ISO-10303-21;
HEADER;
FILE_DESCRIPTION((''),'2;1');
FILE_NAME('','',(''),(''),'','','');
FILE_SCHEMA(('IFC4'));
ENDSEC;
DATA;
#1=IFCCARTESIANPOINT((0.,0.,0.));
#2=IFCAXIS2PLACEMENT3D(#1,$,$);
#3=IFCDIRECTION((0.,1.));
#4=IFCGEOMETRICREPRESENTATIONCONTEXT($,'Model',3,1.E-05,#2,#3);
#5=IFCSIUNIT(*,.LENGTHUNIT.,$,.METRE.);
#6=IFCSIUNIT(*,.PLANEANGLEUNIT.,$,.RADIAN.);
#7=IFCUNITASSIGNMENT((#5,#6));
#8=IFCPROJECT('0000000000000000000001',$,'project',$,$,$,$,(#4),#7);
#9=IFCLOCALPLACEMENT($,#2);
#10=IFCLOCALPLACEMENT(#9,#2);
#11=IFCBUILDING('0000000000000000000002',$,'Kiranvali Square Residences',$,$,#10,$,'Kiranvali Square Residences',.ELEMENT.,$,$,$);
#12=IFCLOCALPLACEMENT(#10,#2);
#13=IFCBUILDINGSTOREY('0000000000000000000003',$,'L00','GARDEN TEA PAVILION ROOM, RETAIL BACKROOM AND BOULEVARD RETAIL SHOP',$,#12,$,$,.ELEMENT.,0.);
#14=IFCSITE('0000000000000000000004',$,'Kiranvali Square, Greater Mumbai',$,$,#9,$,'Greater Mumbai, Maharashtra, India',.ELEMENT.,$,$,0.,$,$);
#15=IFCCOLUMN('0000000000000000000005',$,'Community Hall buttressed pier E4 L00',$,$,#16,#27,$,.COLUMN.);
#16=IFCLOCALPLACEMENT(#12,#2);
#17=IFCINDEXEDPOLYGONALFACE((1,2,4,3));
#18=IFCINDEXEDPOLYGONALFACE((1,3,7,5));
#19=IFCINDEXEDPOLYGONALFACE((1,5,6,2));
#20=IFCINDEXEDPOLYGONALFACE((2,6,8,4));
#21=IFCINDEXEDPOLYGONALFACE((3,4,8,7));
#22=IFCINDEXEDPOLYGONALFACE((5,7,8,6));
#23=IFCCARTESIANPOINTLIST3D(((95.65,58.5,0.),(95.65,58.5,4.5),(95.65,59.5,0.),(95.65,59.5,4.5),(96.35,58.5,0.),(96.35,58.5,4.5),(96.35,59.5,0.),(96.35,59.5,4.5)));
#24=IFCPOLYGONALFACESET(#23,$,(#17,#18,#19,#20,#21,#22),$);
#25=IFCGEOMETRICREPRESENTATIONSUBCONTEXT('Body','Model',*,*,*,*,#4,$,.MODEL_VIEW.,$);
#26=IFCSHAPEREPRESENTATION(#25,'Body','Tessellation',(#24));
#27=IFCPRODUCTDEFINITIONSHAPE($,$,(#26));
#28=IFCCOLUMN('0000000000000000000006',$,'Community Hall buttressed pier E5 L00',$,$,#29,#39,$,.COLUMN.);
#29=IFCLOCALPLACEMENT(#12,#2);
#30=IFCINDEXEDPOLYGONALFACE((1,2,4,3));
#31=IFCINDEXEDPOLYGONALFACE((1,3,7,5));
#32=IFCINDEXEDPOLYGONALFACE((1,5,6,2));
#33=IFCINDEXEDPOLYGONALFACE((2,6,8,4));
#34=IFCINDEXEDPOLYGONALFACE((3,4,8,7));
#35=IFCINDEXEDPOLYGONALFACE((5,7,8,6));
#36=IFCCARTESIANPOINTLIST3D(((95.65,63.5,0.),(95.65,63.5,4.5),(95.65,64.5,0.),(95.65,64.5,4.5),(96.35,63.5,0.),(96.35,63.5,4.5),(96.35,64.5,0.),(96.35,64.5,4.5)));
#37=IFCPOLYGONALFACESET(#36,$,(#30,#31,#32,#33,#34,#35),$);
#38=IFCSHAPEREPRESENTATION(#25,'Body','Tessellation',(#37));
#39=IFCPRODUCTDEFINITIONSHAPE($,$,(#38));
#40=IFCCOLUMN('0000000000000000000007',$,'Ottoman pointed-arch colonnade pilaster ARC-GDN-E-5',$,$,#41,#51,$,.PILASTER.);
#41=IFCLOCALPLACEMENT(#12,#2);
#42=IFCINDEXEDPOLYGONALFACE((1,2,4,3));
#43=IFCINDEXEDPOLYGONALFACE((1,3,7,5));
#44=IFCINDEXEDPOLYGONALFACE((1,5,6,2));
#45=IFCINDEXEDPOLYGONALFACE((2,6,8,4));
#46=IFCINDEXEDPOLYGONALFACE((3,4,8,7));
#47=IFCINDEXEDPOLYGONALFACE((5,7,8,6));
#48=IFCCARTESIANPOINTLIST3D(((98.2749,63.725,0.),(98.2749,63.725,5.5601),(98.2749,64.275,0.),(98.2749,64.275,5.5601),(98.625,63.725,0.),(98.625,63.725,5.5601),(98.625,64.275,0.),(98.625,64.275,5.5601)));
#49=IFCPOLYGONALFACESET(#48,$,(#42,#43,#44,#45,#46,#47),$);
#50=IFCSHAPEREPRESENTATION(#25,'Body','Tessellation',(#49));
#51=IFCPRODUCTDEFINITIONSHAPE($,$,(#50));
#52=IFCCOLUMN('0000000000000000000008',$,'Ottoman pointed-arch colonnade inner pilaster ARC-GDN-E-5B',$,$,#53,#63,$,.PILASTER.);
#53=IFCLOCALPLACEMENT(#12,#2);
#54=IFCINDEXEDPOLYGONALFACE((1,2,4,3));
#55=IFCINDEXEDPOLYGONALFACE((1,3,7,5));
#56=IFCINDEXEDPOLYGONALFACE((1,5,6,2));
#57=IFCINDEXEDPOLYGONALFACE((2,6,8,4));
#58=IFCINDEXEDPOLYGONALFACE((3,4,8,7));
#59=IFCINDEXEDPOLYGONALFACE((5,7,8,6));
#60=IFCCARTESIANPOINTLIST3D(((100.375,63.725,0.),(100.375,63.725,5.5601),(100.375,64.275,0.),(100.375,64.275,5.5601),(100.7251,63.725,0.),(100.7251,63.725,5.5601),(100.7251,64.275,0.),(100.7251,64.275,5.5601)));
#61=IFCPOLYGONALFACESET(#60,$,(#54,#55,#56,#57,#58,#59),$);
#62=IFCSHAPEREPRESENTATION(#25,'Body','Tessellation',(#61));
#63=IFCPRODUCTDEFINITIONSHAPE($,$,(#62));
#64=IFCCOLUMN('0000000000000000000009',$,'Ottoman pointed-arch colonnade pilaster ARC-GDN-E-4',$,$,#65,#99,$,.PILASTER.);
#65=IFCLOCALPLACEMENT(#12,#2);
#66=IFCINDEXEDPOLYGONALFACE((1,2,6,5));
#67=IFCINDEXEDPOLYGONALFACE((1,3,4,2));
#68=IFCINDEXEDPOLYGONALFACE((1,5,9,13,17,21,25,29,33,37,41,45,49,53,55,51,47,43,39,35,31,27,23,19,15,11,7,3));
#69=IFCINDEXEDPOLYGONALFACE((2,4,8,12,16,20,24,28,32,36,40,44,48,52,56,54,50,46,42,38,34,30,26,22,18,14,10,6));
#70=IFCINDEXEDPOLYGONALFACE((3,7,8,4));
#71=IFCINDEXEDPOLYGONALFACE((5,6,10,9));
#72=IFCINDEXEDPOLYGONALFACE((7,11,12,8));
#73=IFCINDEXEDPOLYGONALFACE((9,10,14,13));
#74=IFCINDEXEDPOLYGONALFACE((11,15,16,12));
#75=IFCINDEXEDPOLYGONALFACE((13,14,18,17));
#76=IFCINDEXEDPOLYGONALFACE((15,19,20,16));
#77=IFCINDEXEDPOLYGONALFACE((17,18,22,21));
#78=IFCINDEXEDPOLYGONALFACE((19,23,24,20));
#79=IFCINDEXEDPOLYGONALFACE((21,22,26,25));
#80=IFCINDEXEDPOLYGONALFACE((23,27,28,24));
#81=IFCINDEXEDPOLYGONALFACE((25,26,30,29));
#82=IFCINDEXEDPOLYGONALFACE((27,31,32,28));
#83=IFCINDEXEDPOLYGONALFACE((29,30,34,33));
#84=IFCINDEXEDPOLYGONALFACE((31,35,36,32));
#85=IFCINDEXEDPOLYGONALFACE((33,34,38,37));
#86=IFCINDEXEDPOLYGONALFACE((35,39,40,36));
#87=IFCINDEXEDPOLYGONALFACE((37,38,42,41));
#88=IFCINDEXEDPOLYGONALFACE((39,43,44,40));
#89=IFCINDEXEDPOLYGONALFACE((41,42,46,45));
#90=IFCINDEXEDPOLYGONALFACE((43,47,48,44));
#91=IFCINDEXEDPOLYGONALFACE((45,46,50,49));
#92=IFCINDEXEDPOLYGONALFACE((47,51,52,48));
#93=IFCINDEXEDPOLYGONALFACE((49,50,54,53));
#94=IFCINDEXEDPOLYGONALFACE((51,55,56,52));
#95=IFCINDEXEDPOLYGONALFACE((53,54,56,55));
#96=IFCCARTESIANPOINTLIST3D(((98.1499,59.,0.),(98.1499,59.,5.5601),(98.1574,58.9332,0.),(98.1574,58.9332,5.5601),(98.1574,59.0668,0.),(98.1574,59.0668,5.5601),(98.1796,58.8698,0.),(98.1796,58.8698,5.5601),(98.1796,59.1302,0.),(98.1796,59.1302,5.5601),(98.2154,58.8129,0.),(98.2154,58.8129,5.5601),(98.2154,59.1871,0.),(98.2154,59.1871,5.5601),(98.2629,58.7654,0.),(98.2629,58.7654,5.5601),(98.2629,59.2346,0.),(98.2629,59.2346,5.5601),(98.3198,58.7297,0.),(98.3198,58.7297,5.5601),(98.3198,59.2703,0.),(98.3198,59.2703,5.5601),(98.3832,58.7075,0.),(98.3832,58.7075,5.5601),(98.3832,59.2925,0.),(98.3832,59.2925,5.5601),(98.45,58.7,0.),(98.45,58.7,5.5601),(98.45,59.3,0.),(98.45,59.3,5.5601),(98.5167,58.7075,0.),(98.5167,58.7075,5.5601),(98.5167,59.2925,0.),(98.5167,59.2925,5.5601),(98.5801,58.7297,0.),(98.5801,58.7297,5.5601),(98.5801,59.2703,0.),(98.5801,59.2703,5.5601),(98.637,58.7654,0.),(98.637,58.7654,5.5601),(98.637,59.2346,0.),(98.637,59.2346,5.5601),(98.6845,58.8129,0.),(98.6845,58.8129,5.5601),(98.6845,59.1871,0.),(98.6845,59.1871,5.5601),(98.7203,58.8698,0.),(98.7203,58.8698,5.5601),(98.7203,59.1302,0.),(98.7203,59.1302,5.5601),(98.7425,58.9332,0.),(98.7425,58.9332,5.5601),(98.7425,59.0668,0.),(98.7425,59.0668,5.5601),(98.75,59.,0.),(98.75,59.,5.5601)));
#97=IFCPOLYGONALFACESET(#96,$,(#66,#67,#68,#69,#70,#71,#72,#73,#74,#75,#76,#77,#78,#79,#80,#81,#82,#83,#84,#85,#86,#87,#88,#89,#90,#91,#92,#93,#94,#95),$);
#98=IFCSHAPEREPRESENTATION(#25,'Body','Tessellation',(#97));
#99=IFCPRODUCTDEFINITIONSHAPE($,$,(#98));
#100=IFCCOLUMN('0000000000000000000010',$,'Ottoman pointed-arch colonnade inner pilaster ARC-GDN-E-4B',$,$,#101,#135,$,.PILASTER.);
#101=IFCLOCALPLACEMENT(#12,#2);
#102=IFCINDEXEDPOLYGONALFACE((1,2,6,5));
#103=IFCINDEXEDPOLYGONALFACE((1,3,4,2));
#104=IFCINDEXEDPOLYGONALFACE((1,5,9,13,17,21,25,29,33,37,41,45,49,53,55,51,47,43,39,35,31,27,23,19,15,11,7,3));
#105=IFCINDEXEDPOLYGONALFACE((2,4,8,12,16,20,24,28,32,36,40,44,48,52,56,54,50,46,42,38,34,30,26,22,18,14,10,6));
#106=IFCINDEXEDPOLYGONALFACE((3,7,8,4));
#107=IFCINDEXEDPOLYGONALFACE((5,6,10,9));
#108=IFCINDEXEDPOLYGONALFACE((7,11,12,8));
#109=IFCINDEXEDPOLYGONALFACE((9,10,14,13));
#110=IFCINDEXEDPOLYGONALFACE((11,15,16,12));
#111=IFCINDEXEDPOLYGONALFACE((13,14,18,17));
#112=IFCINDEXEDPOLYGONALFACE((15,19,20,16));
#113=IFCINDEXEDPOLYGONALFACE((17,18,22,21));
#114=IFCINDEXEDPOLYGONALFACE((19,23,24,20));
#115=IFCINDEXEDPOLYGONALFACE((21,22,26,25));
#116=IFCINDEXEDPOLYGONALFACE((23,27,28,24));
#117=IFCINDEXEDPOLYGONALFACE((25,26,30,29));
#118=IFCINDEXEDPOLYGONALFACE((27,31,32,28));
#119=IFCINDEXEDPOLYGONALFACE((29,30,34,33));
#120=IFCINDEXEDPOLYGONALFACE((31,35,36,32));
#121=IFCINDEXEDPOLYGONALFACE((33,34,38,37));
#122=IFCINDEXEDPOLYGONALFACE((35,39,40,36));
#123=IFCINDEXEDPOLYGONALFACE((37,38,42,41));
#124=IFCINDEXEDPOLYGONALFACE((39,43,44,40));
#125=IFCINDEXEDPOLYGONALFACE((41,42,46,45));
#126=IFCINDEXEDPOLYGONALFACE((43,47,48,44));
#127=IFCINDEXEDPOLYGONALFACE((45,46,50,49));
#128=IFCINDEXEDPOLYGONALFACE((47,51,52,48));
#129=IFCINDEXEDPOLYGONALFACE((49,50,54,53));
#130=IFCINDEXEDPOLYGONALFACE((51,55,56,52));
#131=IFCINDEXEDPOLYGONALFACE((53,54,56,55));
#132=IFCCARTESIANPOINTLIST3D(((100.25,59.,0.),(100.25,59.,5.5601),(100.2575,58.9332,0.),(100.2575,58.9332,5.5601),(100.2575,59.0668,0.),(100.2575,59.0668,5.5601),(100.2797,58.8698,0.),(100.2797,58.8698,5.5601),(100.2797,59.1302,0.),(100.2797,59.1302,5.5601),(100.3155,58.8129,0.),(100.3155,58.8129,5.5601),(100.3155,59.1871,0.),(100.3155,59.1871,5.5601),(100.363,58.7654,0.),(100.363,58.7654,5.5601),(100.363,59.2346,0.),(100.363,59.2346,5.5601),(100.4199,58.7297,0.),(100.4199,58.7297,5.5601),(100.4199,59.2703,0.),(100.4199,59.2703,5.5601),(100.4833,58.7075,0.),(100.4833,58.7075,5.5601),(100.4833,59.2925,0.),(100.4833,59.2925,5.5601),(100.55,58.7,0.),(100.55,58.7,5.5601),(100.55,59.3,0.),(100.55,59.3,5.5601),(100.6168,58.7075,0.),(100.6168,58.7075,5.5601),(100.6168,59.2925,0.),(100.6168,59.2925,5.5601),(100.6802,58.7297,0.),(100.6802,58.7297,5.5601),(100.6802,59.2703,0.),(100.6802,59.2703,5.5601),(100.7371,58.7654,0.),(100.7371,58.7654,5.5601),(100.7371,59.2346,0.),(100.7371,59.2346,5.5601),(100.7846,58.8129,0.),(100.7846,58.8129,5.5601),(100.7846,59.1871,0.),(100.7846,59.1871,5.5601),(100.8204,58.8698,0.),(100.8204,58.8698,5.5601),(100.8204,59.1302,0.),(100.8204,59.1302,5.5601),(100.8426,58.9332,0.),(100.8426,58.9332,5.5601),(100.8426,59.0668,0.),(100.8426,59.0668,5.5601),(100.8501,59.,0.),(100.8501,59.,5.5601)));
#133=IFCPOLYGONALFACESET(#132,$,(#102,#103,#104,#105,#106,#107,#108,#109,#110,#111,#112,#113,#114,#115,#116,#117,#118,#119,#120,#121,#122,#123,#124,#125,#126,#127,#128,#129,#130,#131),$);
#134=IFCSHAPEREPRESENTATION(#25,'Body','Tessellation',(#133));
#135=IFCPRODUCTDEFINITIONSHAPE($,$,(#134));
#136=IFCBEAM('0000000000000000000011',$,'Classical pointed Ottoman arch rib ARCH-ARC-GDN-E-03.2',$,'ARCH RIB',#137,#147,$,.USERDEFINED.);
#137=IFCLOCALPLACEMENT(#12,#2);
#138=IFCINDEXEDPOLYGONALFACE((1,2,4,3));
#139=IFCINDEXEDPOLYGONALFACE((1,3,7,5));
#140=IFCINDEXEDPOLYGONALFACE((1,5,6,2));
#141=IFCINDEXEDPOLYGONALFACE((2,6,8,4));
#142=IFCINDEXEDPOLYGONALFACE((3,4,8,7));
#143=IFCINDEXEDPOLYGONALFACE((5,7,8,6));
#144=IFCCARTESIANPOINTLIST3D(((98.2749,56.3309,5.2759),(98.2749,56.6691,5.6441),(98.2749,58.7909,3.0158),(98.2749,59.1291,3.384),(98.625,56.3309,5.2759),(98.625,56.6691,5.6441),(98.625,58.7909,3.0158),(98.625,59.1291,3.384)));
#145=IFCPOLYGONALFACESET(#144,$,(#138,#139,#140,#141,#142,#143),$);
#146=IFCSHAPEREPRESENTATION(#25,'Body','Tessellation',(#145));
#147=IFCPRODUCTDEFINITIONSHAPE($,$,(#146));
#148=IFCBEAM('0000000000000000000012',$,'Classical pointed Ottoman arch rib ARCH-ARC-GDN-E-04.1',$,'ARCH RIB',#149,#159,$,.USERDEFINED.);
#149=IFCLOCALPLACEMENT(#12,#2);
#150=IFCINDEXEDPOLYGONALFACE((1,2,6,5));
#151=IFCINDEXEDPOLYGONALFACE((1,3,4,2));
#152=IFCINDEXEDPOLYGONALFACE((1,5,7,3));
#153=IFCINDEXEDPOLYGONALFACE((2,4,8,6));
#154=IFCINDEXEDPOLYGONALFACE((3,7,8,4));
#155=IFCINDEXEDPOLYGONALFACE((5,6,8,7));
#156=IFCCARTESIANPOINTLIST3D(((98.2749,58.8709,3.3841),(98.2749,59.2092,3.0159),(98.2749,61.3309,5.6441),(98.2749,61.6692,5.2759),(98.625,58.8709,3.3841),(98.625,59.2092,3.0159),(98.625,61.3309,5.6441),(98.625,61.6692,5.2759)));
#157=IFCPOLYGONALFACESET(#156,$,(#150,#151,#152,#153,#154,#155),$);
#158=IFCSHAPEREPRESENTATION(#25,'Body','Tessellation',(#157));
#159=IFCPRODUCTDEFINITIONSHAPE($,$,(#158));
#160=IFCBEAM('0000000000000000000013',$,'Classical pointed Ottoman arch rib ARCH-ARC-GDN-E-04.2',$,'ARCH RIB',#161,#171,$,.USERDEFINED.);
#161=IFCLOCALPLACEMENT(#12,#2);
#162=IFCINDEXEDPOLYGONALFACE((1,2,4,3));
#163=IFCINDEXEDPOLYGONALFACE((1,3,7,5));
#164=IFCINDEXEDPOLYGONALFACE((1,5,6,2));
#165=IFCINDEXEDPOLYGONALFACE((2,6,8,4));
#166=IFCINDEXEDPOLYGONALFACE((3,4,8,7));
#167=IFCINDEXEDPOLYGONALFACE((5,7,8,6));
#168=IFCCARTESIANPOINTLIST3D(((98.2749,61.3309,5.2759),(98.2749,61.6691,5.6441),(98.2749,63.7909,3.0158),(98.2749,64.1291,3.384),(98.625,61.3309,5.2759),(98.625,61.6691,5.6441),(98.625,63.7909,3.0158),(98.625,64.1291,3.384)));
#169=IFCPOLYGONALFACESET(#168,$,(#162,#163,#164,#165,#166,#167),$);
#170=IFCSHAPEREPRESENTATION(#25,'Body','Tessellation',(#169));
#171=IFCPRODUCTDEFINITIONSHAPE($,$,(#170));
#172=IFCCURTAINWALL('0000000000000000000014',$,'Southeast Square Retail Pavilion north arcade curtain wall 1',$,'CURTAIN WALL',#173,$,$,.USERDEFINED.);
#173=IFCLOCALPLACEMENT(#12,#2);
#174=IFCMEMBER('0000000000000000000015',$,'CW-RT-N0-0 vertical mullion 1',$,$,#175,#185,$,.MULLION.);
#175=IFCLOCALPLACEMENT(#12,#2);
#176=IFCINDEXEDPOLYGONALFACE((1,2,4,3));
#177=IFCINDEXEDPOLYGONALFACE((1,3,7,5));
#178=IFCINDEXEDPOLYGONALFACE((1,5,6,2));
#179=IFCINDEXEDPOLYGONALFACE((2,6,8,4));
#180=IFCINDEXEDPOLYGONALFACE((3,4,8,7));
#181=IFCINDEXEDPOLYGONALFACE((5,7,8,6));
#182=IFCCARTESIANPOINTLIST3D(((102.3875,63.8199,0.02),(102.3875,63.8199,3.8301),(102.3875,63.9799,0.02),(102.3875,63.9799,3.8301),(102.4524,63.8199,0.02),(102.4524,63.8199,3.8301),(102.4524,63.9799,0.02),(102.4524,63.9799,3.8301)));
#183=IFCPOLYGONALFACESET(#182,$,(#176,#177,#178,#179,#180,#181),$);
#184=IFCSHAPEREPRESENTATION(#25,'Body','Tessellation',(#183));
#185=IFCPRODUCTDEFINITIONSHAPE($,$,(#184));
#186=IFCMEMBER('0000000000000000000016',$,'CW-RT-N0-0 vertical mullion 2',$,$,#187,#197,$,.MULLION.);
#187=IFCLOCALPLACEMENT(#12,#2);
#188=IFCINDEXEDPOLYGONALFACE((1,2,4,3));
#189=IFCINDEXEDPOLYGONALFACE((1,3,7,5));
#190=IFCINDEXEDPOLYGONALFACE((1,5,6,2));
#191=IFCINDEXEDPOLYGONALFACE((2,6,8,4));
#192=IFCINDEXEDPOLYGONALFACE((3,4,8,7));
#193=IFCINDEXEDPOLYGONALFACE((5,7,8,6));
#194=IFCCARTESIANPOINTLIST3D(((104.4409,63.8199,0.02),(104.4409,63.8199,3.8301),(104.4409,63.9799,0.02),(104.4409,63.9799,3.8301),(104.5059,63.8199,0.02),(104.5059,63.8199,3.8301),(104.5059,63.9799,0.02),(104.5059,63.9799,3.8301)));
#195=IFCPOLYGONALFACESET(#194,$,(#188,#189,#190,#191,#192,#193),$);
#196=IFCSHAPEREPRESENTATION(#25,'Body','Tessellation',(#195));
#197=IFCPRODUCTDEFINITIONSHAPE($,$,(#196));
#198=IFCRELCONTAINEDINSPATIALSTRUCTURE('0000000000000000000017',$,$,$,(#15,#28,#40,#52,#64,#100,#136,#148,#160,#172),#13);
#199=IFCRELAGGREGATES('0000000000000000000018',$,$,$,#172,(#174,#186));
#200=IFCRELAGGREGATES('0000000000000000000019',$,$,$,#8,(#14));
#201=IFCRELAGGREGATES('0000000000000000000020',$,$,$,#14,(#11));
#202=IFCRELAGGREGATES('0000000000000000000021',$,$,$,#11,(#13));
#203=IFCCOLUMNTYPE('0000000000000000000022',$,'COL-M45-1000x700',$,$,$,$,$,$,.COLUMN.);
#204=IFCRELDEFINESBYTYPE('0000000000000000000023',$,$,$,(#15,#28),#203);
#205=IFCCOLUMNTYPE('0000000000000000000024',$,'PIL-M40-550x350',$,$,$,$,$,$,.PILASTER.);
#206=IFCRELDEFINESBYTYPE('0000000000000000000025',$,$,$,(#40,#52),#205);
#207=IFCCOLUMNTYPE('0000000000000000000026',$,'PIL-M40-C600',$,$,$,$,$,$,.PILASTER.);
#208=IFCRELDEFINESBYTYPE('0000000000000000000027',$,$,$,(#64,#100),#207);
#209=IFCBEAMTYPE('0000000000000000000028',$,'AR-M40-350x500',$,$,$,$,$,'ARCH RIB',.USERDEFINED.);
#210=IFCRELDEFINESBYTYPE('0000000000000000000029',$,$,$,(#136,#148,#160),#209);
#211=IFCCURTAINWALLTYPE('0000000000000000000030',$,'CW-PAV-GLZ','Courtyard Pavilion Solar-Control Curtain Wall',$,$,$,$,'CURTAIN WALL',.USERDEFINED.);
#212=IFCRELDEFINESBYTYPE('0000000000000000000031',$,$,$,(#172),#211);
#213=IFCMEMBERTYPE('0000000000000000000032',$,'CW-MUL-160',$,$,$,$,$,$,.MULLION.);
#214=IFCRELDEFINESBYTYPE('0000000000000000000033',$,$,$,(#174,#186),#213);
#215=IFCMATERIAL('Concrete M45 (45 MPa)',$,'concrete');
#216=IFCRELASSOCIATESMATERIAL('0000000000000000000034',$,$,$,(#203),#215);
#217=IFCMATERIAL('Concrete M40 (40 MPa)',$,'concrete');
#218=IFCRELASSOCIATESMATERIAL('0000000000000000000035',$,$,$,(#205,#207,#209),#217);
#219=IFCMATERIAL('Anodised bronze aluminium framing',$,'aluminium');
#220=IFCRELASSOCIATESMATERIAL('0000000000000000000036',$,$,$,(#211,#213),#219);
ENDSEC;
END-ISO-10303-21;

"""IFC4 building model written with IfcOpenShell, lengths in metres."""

from ifc_helpers import new_model, si_unit, direction, frame, origin, origin_2d, place, context, subcontext, project, spatial, rectangle, circle, extrude, material, material_profile, profile_set, type_object, element, aggregate, save


model = new_model("IFC4")

# Units and contexts
model_context = context("Model", 3, precision=1e-05, world=origin(), true_north=direction((0.0, 1.0)))
body_context = subcontext(model_context, "Body", "Model", "MODEL_VIEW")
ifc_project = project(units=[si_unit("LENGTHUNIT", "METRE"), si_unit("PLANEANGLEUNIT", "RADIAN")], contexts=[model_context])

# Site, building, storey
site_placement = place(None, origin())
site = spatial("IfcSite", under=ifc_project, at=site_placement, Name="Kiranvali Square, Greater Mumbai", LongName="Greater Mumbai, Maharashtra, India", CompositionType="ELEMENT", RefElevation=0.0)
building_placement = place(site_placement, origin())
building = spatial("IfcBuilding", under=site, at=building_placement, Name="Kiranvali Square Residences", LongName="Kiranvali Square Residences", CompositionType="ELEMENT")
storey_placement = place(building_placement, origin())
storey = spatial("IfcBuildingStorey", under=building, at=storey_placement, Name="L00", Description="GARDEN TEA PAVILION ROOM, RETAIL BACKROOM AND BOULEVARD RETAIL SHOP", CompositionType="ELEMENT", Elevation=0.0)

# Columns
ifc_material_1 = material(Name="Concrete M45 (45 MPa)", Category="concrete")
ifc_material_profile_1 = material_profile(ifc_material_1, rectangle(XDim=0.7, YDim=1.0, at=origin_2d()), Name="RC 1000x700")
ifc_profile_set_1 = profile_set([ifc_material_profile_1], Name="Concrete M45 (45 MPa)")
column_type_1 = type_object("IfcColumnType", Name="COL-M45-1000x700", PredefinedType="COLUMN", material=ifc_profile_set_1)
for number, where, z_axis, x_axis, name in (
    (1, (96.0, 59.0, 0.0), (0.0, 0.0, 1.0), (1.0, 0.0, 0.0), "Community Hall buttressed pier E4 L00"),
    (2, (96.0, 64.0, 0.0), (0.0, 0.0, 1.0), (1.0, 0.0, 0.0), "Community Hall buttressed pier E5 L00"),
):
    element("IfcColumn", number, at=place(storey_placement, frame(where, z_axis=z_axis, x_axis=x_axis)), inside=storey, type_object=column_type_1, Name=name, PredefinedType="COLUMN", context=body_context, shape_type="SweptSolid", body=[
        extrude(rectangle(XDim=0.7, YDim=1.0, at=origin_2d()), origin(), (0.0, 0.0, 1.0), 4.5),
    ])
ifc_material_2 = material(Name="Concrete M40 (40 MPa)", Category="concrete")
ifc_material_profile_2 = material_profile(ifc_material_2, rectangle(XDim=0.3501, YDim=0.55, at=origin_2d()), Name="RC 550x350")
ifc_profile_set_2 = profile_set([ifc_material_profile_2], Name="Concrete M40 (40 MPa)")
column_type_2 = type_object("IfcColumnType", Name="PIL-M40-550x350", PredefinedType="PILASTER", material=ifc_profile_set_2)
for number, where, z_axis, x_axis, name in (
    (3, (98.45, 64.0, 0.0), (0.0, 0.0, 1.0), (1.0, 0.0, 0.0), "Ottoman pointed-arch colonnade pilaster ARC-GDN-E-5"),
    (4, (100.55, 64.0, 0.0), (0.0, 0.0, 1.0), (1.0, 0.0, 0.0), "Ottoman pointed-arch colonnade inner pilaster ARC-GDN-E-5B"),
):
    element("IfcColumn", number, at=place(storey_placement, frame(where, z_axis=z_axis, x_axis=x_axis)), inside=storey, type_object=column_type_2, Name=name, PredefinedType="PILASTER", context=body_context, shape_type="SweptSolid", body=[
        extrude(rectangle(XDim=0.3501, YDim=0.55, at=origin_2d()), origin(), (0.0, 0.0, 1.0), 5.5601),
    ])
ifc_material_profile_3 = material_profile(ifc_material_2, circle(Radius=0.3, at=origin_2d()), Name="RC-CIRC 600")
ifc_profile_set_3 = profile_set([ifc_material_profile_3], Name="Concrete M40 (40 MPa)")
column_type_3 = type_object("IfcColumnType", Name="PIL-M40-C600", PredefinedType="PILASTER", material=ifc_profile_set_3)
for number, where, z_axis, x_axis, name in (
    (5, (98.45, 59.0, 0.0), (0.0, 0.0, 1.0), (1.0, 0.0, 0.0), "Ottoman pointed-arch colonnade pilaster ARC-GDN-E-4"),
    (6, (100.55, 59.0, 0.0), (0.0, 0.0, 1.0), (1.0, 0.0, 0.0), "Ottoman pointed-arch colonnade inner pilaster ARC-GDN-E-4B"),
):
    element("IfcColumn", number, at=place(storey_placement, frame(where, z_axis=z_axis, x_axis=x_axis)), inside=storey, type_object=column_type_3, Name=name, PredefinedType="PILASTER", context=body_context, shape_type="SweptSolid", body=[
        extrude(circle(Radius=0.3, at=origin_2d()), origin(), (0.0, 0.0, 1.0), 5.5601),
    ])

# Beams
ifc_material_profile_4 = material_profile(ifc_material_2, rectangle(XDim=0.3501, YDim=0.5, at=origin_2d()), Name="RC 350x500")
ifc_profile_set_4 = profile_set([ifc_material_profile_4], Name="Concrete M40 (40 MPa)")
beam_type_1 = type_object("IfcBeamType", Name="AR-M40-350x500", ElementType="ARCH RIB", PredefinedType="USERDEFINED", material=ifc_profile_set_4)
for number, where, z_axis, x_axis, name in (
    (7, (98.45, 56.5, 5.46), (0.0, 0.736401, -0.676545), (-1.0, 0.0, 0.0), "Classical pointed Ottoman arch rib ARCH-ARC-GDN-E-03.2"),
    (8, (98.45, 59.04, 3.2), (0.0, 0.736401, 0.676545), (-1.0, 0.0, 0.0), "Classical pointed Ottoman arch rib ARCH-ARC-GDN-E-04.1"),
    (9, (98.45, 61.5, 5.46), (0.0, 0.736401, -0.676545), (-1.0, 0.0, 0.0), "Classical pointed Ottoman arch rib ARCH-ARC-GDN-E-04.2"),
):
    element("IfcBeam", number, at=place(storey_placement, frame(where, z_axis=z_axis, x_axis=x_axis)), inside=storey, type_object=beam_type_1, Name=name, ObjectType="ARCH RIB", PredefinedType="USERDEFINED", context=body_context, shape_type="SweptSolid", body=[
        extrude(rectangle(XDim=0.3501, YDim=0.5, at=origin_2d()), origin(), (0.0, 0.0, 1.0), 3.3406),
    ])

# Curtain wall, members
ifc_material_3 = material(Name="Anodised bronze aluminium framing", Category="aluminium")
curtain_wall_type = type_object("IfcCurtainWallType", Name="CW-PAV-GLZ", Description="Courtyard Pavilion Solar-Control Curtain Wall", ElementType="CURTAIN WALL", PredefinedType="USERDEFINED", material=ifc_material_3)
curtain_wall_placement = place(storey_placement, origin())
curtain_wall = element("IfcCurtainWall", 10, at=curtain_wall_placement, inside=storey, type_object=curtain_wall_type, Name="Southeast Square Retail Pavilion north arcade curtain wall 1", ObjectType="CURTAIN WALL", PredefinedType="USERDEFINED")
ifc_material_profile_5 = material_profile(ifc_material_3, rectangle(XDim=0.0649, YDim=0.1599, at=origin_2d()), Name="ALU 65x160")
ifc_profile_set_5 = profile_set([ifc_material_profile_5], Name="Anodised bronze aluminium framing")
member_type_1 = type_object("IfcMemberType", Name="CW-MUL-160", PredefinedType="MULLION", material=ifc_profile_set_5)
member_1_placement = place(storey_placement, frame((102.4199, 63.8999, 0.02), z_axis=(0.0, 0.0, 1.0), x_axis=(1.0, 0.0, 0.0)))
member_1 = element("IfcMember", 11, at=member_1_placement, type_object=member_type_1, Name="CW-RT-N0-0 vertical mullion 1", PredefinedType="MULLION", context=body_context, shape_type="SweptSolid", body=[
    extrude(rectangle(XDim=0.0649, YDim=0.1599, at=origin_2d()), origin(), (0.0, 0.0, 1.0), 3.8101),
])
member_2_placement = place(storey_placement, frame((104.4734, 63.8999, 0.02), z_axis=(0.0, 0.0, 1.0), x_axis=(1.0, 0.0, 0.0)))
member_2 = element("IfcMember", 12, at=member_2_placement, type_object=member_type_1, Name="CW-RT-N0-0 vertical mullion 2", PredefinedType="MULLION", context=body_context, shape_type="SweptSolid", body=[
    extrude(rectangle(XDim=0.0649, YDim=0.1599, at=origin_2d()), origin(), (0.0, 0.0, 1.0), 3.8101),
])

aggregate(curtain_wall, [member_1, member_2])

save(model, "model.ifc")
